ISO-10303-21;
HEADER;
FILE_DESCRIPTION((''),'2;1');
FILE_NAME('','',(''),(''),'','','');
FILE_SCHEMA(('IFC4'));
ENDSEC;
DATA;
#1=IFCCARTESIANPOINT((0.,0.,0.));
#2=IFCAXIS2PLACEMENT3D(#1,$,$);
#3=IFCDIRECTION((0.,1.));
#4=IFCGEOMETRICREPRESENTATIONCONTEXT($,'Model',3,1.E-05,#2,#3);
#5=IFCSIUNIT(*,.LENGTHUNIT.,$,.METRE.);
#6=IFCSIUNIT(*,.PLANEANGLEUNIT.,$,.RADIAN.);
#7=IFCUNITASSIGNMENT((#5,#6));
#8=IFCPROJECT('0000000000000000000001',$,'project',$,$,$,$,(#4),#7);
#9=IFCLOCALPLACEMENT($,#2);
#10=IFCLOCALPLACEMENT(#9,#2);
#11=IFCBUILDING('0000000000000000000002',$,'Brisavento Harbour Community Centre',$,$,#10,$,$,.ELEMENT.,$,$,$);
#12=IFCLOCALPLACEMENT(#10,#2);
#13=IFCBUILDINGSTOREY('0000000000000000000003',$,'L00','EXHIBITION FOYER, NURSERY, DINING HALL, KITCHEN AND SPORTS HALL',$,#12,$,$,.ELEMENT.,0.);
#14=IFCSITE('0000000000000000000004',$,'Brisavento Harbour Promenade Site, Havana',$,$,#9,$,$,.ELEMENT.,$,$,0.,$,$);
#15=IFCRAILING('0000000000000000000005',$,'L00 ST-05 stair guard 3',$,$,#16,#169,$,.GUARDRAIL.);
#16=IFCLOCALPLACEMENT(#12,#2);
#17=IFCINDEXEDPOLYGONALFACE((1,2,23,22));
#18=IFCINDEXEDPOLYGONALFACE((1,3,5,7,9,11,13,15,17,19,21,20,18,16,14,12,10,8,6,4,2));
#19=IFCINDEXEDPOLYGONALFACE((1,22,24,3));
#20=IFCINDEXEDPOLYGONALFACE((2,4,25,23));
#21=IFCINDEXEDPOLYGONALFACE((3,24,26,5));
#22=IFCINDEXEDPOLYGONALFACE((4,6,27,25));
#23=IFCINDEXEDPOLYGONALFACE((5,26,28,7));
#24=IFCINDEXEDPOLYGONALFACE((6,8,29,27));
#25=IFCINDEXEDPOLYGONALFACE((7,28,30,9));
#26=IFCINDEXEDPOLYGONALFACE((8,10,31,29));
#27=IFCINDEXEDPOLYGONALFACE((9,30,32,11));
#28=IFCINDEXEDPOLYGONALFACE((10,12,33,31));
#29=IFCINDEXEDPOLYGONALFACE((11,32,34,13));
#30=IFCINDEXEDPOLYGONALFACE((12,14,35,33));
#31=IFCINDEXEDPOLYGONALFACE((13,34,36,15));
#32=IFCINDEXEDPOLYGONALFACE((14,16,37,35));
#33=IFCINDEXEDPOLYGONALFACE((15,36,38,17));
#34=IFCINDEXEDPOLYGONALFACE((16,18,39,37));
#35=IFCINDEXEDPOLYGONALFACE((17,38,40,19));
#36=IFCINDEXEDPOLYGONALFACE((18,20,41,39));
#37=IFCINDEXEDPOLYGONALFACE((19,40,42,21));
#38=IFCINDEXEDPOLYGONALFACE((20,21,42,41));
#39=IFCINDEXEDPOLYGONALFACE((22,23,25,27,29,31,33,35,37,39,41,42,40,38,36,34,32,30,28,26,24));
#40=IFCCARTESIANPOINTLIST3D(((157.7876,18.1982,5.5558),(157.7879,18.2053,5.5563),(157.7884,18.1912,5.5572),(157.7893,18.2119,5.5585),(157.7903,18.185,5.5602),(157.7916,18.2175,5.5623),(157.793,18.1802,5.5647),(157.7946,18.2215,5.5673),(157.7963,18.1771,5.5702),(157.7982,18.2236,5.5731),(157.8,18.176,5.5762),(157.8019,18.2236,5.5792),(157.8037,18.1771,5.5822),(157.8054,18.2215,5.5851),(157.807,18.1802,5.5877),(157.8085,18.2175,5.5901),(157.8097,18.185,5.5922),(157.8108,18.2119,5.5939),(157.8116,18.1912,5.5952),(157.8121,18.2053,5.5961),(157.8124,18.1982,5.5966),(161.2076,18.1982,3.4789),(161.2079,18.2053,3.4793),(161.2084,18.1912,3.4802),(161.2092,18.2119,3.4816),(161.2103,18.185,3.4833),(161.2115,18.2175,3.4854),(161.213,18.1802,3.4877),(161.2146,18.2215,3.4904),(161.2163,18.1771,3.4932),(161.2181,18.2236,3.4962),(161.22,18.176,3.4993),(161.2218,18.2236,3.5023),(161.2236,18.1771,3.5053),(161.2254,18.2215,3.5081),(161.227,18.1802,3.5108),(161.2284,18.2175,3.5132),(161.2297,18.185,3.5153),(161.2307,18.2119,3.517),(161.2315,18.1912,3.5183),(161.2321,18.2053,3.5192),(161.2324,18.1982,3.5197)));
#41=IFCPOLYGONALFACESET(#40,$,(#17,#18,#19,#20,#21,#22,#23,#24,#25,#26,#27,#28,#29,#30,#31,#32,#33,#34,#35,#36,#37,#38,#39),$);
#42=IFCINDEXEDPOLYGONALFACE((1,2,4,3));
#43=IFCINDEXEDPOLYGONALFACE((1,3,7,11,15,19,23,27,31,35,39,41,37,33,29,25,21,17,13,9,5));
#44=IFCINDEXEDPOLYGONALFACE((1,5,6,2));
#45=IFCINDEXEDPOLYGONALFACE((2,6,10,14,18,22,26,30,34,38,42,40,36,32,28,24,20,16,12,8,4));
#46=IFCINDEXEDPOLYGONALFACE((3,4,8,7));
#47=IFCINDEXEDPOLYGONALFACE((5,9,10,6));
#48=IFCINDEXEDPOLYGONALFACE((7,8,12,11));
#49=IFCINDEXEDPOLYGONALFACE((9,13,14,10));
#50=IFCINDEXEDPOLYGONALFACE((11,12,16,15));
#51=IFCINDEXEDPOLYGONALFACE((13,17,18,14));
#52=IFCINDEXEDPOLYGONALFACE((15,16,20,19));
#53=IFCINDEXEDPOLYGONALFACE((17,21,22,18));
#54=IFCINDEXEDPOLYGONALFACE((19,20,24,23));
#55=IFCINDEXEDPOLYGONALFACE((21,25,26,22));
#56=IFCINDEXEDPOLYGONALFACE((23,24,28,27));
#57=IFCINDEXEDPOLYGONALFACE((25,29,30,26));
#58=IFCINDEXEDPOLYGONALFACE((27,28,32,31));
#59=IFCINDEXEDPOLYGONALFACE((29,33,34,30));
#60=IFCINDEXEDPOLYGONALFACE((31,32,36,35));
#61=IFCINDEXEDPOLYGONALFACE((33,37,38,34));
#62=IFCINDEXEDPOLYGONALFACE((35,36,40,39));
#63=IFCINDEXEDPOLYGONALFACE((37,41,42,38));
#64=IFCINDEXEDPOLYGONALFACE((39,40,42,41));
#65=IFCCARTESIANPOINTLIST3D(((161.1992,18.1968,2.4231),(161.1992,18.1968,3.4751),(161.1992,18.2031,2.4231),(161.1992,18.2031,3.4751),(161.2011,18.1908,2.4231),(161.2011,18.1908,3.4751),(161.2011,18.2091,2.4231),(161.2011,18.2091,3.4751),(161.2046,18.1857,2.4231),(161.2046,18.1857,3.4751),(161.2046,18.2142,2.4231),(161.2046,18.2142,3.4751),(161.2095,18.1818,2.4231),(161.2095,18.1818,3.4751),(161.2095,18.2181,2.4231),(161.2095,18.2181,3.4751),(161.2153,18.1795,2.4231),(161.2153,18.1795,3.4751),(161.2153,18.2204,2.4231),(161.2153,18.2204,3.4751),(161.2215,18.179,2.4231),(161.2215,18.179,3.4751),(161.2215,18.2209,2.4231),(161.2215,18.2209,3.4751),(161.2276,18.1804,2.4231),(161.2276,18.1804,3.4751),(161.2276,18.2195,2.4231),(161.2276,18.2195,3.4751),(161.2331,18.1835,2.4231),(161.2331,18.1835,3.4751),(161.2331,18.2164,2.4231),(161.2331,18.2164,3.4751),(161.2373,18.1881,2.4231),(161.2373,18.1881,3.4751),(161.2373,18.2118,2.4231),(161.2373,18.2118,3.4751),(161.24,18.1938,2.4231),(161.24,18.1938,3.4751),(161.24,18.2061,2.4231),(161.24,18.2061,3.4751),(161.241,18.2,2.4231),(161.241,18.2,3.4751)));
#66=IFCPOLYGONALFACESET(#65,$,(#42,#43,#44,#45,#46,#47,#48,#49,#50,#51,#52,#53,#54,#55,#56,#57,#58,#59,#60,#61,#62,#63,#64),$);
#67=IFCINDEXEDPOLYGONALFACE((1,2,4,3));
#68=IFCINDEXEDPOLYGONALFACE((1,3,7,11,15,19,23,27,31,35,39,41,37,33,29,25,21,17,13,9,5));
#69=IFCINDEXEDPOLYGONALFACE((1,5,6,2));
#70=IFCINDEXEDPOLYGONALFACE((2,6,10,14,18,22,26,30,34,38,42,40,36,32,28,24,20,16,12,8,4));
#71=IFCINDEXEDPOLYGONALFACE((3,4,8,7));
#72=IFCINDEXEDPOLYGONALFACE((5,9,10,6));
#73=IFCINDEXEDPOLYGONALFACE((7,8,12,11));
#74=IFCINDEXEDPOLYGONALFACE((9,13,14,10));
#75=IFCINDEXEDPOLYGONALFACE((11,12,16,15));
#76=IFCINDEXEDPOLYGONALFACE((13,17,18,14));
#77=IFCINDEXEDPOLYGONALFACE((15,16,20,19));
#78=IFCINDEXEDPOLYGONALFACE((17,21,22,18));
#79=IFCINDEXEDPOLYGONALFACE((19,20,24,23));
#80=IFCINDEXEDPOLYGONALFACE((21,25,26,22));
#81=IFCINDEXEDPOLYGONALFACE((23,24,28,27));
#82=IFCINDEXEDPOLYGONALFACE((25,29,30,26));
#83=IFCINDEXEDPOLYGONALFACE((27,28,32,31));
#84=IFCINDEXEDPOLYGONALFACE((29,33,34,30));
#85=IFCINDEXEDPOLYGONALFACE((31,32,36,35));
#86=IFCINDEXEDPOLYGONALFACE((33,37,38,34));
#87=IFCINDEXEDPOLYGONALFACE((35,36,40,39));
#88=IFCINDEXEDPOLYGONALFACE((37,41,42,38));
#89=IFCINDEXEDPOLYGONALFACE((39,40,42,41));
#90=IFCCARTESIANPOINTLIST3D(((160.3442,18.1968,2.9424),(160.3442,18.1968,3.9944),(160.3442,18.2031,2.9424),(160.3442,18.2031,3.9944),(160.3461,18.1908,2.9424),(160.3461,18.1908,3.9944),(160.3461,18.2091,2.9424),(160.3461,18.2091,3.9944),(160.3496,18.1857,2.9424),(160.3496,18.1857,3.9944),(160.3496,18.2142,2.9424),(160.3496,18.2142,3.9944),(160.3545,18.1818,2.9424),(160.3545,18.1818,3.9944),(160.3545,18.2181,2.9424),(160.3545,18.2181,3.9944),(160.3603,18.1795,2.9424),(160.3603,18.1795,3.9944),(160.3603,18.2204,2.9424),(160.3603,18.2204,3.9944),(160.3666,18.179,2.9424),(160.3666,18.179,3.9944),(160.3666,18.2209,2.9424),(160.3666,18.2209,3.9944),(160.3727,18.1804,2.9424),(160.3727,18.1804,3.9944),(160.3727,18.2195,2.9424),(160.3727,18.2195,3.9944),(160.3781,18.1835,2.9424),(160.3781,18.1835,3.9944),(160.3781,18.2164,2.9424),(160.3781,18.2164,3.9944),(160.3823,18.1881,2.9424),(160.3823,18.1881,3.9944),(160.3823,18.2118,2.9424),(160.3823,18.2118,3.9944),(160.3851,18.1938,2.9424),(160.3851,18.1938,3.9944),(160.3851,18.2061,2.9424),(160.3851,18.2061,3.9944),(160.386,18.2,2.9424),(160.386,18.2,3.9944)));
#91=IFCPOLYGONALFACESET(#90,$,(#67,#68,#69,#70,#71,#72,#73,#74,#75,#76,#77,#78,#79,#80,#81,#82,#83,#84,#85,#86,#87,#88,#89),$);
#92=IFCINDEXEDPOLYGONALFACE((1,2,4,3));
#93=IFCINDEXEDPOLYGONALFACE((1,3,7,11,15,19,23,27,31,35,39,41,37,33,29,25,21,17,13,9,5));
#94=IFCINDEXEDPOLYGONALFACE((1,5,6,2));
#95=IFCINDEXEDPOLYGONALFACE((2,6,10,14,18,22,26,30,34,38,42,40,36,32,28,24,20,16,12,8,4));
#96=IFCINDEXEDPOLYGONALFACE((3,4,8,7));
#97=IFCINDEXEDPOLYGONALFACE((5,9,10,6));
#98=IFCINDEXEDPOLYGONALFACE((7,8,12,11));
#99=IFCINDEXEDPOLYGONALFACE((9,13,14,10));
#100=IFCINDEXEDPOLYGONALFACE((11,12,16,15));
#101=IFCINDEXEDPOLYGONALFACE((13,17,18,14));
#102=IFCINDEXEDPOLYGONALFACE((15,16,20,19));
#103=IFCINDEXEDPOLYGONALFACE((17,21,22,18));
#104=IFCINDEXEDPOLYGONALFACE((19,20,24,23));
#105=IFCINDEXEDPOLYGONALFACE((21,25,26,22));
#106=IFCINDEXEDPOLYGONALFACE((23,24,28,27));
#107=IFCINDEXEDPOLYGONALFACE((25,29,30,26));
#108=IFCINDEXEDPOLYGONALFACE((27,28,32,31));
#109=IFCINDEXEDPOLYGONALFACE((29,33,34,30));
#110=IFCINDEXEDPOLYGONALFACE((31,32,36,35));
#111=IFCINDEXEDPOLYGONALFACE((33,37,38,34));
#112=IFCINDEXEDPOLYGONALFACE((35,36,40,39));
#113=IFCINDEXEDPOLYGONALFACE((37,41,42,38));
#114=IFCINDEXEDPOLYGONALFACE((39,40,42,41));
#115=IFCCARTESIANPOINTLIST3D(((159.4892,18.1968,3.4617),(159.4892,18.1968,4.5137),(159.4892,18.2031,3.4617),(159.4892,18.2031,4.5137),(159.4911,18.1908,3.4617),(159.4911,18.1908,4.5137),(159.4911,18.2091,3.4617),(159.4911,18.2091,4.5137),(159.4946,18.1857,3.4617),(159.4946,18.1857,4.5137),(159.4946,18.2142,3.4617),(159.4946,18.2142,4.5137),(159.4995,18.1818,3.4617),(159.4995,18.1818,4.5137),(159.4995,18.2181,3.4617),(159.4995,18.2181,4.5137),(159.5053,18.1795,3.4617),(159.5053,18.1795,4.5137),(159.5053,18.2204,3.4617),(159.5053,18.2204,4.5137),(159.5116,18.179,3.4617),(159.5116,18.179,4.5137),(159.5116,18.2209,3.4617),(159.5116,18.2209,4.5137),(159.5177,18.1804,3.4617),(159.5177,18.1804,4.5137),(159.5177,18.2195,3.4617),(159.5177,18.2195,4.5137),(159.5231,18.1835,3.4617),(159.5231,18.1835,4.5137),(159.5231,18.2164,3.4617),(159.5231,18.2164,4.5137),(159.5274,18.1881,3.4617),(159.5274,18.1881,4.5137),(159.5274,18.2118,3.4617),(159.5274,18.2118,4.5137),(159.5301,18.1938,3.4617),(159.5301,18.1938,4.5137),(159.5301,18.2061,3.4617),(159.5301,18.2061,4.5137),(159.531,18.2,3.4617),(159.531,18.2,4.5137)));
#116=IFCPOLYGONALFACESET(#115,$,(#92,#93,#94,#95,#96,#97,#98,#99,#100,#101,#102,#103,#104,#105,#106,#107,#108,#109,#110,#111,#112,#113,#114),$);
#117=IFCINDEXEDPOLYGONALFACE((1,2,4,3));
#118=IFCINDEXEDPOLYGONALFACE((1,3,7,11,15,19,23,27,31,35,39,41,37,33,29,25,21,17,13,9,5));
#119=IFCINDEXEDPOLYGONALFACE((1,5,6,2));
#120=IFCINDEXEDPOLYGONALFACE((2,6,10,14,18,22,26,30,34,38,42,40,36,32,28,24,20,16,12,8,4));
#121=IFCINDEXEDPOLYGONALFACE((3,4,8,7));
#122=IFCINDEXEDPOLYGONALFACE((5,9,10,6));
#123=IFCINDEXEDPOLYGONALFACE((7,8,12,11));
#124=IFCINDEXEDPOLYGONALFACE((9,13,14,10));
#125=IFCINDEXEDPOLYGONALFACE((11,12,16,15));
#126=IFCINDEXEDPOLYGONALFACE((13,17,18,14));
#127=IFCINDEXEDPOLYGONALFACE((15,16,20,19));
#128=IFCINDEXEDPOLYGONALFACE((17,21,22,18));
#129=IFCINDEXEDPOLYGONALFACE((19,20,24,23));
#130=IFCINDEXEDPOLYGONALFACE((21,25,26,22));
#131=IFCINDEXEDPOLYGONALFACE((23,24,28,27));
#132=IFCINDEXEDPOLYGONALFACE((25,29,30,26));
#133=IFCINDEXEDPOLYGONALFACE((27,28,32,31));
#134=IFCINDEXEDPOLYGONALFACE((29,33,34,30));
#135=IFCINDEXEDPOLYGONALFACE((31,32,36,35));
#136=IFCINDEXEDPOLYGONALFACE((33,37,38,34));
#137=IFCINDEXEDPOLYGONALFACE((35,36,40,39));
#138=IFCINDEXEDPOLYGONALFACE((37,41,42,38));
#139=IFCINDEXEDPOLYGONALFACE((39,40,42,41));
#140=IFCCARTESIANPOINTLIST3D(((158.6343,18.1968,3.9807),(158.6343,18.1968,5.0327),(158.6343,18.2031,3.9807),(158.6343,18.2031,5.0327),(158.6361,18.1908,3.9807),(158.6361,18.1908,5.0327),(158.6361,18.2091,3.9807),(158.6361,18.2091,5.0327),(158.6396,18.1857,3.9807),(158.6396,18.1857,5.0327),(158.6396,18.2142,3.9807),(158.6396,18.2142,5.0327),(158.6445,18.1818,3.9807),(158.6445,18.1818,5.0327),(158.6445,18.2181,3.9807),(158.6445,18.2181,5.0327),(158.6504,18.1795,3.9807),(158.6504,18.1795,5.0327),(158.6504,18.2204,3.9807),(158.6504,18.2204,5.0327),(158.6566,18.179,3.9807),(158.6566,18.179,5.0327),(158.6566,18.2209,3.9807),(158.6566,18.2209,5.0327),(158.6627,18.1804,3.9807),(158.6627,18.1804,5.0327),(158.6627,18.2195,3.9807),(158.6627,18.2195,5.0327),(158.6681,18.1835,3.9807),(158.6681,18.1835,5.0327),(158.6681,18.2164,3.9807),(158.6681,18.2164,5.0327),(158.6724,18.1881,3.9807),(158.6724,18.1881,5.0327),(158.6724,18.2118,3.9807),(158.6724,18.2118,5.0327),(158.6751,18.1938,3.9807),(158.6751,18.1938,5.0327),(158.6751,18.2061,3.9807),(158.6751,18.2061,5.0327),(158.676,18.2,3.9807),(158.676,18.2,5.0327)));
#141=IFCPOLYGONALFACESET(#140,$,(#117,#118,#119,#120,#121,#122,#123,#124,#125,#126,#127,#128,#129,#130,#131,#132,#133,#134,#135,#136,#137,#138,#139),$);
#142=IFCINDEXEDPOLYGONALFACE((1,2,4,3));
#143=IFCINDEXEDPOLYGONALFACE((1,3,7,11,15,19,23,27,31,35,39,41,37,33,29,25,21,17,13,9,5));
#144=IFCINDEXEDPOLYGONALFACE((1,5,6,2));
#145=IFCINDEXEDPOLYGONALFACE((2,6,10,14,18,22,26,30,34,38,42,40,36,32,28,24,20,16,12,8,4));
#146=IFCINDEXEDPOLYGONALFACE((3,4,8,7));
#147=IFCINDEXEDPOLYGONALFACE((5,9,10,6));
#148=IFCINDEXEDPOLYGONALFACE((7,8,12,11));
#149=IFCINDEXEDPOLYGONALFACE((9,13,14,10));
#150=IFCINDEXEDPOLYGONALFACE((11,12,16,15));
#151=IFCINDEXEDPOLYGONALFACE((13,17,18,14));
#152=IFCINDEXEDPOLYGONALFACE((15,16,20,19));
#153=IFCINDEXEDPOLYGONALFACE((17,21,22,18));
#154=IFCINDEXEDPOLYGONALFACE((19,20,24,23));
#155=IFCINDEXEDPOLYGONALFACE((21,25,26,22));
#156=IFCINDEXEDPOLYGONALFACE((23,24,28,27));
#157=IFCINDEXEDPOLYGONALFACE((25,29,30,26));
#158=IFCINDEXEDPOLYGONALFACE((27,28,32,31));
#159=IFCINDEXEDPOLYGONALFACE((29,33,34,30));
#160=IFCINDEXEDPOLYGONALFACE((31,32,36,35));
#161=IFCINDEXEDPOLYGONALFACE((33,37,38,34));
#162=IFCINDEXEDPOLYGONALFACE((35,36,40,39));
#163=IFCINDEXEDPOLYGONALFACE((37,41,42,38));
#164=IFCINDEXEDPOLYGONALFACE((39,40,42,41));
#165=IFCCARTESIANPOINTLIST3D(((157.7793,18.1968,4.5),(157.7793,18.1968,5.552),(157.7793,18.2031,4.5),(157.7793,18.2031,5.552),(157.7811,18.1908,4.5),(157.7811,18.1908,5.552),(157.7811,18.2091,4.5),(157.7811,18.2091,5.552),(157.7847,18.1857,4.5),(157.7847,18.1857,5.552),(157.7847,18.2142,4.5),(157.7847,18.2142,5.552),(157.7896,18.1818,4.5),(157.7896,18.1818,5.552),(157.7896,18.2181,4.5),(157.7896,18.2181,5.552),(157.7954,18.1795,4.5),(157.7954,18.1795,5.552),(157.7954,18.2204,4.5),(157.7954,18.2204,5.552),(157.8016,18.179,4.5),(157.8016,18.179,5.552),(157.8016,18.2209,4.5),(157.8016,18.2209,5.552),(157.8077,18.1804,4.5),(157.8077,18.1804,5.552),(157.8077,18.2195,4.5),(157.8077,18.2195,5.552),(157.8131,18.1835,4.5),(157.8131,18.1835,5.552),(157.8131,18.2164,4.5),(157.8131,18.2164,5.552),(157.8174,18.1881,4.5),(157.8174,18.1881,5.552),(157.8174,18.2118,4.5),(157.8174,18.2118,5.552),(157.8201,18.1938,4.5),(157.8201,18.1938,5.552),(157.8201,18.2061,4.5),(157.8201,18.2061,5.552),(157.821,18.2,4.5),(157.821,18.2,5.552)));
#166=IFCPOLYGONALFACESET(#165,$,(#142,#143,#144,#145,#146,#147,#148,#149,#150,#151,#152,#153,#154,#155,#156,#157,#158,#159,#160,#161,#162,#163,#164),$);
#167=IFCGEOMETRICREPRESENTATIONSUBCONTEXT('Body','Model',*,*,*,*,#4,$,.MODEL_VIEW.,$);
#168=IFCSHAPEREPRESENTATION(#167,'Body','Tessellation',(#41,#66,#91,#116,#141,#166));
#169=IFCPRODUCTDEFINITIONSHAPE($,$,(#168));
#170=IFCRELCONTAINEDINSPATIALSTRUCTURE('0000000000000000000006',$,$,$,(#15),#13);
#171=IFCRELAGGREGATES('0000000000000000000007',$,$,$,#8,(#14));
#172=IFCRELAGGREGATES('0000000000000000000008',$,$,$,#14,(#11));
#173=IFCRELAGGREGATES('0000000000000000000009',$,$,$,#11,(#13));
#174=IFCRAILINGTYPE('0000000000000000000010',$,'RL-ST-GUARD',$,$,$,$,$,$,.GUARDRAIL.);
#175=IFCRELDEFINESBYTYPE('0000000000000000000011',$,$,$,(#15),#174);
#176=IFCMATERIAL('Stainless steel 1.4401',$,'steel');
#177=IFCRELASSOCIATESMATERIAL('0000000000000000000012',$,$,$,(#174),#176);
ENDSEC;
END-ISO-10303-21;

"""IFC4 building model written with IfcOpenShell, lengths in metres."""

from ifc_helpers import new_model, si_unit, direction, frame, origin, origin_2d, place, context, subcontext, project, spatial, circle, extrude, material, type_object, element, save


model = new_model("IFC4")

# Units and contexts
model_context = context("Model", 3, precision=1e-05, world=origin(), true_north=direction((0.0, 1.0)))
body_context = subcontext(model_context, "Body", "Model", "MODEL_VIEW")
ifc_project = project(units=[si_unit("LENGTHUNIT", "METRE"), si_unit("PLANEANGLEUNIT", "RADIAN")], contexts=[model_context])

# Site, building, storey
site_placement = place(None, origin())
site = spatial("IfcSite", under=ifc_project, at=site_placement, Name="Brisavento Harbour Promenade Site, Havana", CompositionType="ELEMENT", RefElevation=0.0)
building_placement = place(site_placement, origin())
building = spatial("IfcBuilding", under=site, at=building_placement, Name="Brisavento Harbour Community Centre", CompositionType="ELEMENT")
storey_placement = place(building_placement, origin())
storey = spatial("IfcBuildingStorey", under=building, at=storey_placement, Name="L00", Description="EXHIBITION FOYER, NURSERY, DINING HALL, KITCHEN AND SPORTS HALL", CompositionType="ELEMENT", Elevation=0.0)

# Railing
ifc_material_1 = material(Name="Stainless steel 1.4401", Category="steel")
railing_type_1 = type_object("IfcRailingType", Name="RL-ST-GUARD", PredefinedType="GUARDRAIL", material=ifc_material_1)
railing_1_placement = place(storey_placement, frame((161.22, 18.2, 2.4231)))
element("IfcRailing", 1, at=railing_1_placement, inside=storey, type_object=railing_type_1, Name="L00 ST-05 stair guard 3", PredefinedType="GUARDRAIL", context=body_context, shape_type="SweptSolid", body=[
    extrude(circle(Radius=0.0239, at=origin_2d()), frame((0.0, 0.0, 1.0762), z_axis=(-0.85473, 0.0, 0.519074), x_axis=(0.0, -1.0, 0.0)), (0.0, 0.0, 1.0), 4.0012),
    extrude(circle(Radius=0.021, at=origin_2d()), origin(), (0.0, 0.0, 1.0), 1.052),
    extrude(circle(Radius=0.021, at=origin_2d()), frame((-0.855, 0.0, 0.5193)), (0.0, 0.0, 1.0), 1.052),
    extrude(circle(Radius=0.021, at=origin_2d()), frame((-1.71, 0.0, 1.0386)), (0.0, 0.0, 1.0), 1.052),
    extrude(circle(Radius=0.021, at=origin_2d()), frame((-2.5649, 0.0, 1.5576)), (0.0, 0.0, 1.0), 1.052),
    extrude(circle(Radius=0.021, at=origin_2d()), frame((-3.4199, 0.0, 2.0769)), (0.0, 0.0, 1.0), 1.052),
])

save(model, "model.ifc")
